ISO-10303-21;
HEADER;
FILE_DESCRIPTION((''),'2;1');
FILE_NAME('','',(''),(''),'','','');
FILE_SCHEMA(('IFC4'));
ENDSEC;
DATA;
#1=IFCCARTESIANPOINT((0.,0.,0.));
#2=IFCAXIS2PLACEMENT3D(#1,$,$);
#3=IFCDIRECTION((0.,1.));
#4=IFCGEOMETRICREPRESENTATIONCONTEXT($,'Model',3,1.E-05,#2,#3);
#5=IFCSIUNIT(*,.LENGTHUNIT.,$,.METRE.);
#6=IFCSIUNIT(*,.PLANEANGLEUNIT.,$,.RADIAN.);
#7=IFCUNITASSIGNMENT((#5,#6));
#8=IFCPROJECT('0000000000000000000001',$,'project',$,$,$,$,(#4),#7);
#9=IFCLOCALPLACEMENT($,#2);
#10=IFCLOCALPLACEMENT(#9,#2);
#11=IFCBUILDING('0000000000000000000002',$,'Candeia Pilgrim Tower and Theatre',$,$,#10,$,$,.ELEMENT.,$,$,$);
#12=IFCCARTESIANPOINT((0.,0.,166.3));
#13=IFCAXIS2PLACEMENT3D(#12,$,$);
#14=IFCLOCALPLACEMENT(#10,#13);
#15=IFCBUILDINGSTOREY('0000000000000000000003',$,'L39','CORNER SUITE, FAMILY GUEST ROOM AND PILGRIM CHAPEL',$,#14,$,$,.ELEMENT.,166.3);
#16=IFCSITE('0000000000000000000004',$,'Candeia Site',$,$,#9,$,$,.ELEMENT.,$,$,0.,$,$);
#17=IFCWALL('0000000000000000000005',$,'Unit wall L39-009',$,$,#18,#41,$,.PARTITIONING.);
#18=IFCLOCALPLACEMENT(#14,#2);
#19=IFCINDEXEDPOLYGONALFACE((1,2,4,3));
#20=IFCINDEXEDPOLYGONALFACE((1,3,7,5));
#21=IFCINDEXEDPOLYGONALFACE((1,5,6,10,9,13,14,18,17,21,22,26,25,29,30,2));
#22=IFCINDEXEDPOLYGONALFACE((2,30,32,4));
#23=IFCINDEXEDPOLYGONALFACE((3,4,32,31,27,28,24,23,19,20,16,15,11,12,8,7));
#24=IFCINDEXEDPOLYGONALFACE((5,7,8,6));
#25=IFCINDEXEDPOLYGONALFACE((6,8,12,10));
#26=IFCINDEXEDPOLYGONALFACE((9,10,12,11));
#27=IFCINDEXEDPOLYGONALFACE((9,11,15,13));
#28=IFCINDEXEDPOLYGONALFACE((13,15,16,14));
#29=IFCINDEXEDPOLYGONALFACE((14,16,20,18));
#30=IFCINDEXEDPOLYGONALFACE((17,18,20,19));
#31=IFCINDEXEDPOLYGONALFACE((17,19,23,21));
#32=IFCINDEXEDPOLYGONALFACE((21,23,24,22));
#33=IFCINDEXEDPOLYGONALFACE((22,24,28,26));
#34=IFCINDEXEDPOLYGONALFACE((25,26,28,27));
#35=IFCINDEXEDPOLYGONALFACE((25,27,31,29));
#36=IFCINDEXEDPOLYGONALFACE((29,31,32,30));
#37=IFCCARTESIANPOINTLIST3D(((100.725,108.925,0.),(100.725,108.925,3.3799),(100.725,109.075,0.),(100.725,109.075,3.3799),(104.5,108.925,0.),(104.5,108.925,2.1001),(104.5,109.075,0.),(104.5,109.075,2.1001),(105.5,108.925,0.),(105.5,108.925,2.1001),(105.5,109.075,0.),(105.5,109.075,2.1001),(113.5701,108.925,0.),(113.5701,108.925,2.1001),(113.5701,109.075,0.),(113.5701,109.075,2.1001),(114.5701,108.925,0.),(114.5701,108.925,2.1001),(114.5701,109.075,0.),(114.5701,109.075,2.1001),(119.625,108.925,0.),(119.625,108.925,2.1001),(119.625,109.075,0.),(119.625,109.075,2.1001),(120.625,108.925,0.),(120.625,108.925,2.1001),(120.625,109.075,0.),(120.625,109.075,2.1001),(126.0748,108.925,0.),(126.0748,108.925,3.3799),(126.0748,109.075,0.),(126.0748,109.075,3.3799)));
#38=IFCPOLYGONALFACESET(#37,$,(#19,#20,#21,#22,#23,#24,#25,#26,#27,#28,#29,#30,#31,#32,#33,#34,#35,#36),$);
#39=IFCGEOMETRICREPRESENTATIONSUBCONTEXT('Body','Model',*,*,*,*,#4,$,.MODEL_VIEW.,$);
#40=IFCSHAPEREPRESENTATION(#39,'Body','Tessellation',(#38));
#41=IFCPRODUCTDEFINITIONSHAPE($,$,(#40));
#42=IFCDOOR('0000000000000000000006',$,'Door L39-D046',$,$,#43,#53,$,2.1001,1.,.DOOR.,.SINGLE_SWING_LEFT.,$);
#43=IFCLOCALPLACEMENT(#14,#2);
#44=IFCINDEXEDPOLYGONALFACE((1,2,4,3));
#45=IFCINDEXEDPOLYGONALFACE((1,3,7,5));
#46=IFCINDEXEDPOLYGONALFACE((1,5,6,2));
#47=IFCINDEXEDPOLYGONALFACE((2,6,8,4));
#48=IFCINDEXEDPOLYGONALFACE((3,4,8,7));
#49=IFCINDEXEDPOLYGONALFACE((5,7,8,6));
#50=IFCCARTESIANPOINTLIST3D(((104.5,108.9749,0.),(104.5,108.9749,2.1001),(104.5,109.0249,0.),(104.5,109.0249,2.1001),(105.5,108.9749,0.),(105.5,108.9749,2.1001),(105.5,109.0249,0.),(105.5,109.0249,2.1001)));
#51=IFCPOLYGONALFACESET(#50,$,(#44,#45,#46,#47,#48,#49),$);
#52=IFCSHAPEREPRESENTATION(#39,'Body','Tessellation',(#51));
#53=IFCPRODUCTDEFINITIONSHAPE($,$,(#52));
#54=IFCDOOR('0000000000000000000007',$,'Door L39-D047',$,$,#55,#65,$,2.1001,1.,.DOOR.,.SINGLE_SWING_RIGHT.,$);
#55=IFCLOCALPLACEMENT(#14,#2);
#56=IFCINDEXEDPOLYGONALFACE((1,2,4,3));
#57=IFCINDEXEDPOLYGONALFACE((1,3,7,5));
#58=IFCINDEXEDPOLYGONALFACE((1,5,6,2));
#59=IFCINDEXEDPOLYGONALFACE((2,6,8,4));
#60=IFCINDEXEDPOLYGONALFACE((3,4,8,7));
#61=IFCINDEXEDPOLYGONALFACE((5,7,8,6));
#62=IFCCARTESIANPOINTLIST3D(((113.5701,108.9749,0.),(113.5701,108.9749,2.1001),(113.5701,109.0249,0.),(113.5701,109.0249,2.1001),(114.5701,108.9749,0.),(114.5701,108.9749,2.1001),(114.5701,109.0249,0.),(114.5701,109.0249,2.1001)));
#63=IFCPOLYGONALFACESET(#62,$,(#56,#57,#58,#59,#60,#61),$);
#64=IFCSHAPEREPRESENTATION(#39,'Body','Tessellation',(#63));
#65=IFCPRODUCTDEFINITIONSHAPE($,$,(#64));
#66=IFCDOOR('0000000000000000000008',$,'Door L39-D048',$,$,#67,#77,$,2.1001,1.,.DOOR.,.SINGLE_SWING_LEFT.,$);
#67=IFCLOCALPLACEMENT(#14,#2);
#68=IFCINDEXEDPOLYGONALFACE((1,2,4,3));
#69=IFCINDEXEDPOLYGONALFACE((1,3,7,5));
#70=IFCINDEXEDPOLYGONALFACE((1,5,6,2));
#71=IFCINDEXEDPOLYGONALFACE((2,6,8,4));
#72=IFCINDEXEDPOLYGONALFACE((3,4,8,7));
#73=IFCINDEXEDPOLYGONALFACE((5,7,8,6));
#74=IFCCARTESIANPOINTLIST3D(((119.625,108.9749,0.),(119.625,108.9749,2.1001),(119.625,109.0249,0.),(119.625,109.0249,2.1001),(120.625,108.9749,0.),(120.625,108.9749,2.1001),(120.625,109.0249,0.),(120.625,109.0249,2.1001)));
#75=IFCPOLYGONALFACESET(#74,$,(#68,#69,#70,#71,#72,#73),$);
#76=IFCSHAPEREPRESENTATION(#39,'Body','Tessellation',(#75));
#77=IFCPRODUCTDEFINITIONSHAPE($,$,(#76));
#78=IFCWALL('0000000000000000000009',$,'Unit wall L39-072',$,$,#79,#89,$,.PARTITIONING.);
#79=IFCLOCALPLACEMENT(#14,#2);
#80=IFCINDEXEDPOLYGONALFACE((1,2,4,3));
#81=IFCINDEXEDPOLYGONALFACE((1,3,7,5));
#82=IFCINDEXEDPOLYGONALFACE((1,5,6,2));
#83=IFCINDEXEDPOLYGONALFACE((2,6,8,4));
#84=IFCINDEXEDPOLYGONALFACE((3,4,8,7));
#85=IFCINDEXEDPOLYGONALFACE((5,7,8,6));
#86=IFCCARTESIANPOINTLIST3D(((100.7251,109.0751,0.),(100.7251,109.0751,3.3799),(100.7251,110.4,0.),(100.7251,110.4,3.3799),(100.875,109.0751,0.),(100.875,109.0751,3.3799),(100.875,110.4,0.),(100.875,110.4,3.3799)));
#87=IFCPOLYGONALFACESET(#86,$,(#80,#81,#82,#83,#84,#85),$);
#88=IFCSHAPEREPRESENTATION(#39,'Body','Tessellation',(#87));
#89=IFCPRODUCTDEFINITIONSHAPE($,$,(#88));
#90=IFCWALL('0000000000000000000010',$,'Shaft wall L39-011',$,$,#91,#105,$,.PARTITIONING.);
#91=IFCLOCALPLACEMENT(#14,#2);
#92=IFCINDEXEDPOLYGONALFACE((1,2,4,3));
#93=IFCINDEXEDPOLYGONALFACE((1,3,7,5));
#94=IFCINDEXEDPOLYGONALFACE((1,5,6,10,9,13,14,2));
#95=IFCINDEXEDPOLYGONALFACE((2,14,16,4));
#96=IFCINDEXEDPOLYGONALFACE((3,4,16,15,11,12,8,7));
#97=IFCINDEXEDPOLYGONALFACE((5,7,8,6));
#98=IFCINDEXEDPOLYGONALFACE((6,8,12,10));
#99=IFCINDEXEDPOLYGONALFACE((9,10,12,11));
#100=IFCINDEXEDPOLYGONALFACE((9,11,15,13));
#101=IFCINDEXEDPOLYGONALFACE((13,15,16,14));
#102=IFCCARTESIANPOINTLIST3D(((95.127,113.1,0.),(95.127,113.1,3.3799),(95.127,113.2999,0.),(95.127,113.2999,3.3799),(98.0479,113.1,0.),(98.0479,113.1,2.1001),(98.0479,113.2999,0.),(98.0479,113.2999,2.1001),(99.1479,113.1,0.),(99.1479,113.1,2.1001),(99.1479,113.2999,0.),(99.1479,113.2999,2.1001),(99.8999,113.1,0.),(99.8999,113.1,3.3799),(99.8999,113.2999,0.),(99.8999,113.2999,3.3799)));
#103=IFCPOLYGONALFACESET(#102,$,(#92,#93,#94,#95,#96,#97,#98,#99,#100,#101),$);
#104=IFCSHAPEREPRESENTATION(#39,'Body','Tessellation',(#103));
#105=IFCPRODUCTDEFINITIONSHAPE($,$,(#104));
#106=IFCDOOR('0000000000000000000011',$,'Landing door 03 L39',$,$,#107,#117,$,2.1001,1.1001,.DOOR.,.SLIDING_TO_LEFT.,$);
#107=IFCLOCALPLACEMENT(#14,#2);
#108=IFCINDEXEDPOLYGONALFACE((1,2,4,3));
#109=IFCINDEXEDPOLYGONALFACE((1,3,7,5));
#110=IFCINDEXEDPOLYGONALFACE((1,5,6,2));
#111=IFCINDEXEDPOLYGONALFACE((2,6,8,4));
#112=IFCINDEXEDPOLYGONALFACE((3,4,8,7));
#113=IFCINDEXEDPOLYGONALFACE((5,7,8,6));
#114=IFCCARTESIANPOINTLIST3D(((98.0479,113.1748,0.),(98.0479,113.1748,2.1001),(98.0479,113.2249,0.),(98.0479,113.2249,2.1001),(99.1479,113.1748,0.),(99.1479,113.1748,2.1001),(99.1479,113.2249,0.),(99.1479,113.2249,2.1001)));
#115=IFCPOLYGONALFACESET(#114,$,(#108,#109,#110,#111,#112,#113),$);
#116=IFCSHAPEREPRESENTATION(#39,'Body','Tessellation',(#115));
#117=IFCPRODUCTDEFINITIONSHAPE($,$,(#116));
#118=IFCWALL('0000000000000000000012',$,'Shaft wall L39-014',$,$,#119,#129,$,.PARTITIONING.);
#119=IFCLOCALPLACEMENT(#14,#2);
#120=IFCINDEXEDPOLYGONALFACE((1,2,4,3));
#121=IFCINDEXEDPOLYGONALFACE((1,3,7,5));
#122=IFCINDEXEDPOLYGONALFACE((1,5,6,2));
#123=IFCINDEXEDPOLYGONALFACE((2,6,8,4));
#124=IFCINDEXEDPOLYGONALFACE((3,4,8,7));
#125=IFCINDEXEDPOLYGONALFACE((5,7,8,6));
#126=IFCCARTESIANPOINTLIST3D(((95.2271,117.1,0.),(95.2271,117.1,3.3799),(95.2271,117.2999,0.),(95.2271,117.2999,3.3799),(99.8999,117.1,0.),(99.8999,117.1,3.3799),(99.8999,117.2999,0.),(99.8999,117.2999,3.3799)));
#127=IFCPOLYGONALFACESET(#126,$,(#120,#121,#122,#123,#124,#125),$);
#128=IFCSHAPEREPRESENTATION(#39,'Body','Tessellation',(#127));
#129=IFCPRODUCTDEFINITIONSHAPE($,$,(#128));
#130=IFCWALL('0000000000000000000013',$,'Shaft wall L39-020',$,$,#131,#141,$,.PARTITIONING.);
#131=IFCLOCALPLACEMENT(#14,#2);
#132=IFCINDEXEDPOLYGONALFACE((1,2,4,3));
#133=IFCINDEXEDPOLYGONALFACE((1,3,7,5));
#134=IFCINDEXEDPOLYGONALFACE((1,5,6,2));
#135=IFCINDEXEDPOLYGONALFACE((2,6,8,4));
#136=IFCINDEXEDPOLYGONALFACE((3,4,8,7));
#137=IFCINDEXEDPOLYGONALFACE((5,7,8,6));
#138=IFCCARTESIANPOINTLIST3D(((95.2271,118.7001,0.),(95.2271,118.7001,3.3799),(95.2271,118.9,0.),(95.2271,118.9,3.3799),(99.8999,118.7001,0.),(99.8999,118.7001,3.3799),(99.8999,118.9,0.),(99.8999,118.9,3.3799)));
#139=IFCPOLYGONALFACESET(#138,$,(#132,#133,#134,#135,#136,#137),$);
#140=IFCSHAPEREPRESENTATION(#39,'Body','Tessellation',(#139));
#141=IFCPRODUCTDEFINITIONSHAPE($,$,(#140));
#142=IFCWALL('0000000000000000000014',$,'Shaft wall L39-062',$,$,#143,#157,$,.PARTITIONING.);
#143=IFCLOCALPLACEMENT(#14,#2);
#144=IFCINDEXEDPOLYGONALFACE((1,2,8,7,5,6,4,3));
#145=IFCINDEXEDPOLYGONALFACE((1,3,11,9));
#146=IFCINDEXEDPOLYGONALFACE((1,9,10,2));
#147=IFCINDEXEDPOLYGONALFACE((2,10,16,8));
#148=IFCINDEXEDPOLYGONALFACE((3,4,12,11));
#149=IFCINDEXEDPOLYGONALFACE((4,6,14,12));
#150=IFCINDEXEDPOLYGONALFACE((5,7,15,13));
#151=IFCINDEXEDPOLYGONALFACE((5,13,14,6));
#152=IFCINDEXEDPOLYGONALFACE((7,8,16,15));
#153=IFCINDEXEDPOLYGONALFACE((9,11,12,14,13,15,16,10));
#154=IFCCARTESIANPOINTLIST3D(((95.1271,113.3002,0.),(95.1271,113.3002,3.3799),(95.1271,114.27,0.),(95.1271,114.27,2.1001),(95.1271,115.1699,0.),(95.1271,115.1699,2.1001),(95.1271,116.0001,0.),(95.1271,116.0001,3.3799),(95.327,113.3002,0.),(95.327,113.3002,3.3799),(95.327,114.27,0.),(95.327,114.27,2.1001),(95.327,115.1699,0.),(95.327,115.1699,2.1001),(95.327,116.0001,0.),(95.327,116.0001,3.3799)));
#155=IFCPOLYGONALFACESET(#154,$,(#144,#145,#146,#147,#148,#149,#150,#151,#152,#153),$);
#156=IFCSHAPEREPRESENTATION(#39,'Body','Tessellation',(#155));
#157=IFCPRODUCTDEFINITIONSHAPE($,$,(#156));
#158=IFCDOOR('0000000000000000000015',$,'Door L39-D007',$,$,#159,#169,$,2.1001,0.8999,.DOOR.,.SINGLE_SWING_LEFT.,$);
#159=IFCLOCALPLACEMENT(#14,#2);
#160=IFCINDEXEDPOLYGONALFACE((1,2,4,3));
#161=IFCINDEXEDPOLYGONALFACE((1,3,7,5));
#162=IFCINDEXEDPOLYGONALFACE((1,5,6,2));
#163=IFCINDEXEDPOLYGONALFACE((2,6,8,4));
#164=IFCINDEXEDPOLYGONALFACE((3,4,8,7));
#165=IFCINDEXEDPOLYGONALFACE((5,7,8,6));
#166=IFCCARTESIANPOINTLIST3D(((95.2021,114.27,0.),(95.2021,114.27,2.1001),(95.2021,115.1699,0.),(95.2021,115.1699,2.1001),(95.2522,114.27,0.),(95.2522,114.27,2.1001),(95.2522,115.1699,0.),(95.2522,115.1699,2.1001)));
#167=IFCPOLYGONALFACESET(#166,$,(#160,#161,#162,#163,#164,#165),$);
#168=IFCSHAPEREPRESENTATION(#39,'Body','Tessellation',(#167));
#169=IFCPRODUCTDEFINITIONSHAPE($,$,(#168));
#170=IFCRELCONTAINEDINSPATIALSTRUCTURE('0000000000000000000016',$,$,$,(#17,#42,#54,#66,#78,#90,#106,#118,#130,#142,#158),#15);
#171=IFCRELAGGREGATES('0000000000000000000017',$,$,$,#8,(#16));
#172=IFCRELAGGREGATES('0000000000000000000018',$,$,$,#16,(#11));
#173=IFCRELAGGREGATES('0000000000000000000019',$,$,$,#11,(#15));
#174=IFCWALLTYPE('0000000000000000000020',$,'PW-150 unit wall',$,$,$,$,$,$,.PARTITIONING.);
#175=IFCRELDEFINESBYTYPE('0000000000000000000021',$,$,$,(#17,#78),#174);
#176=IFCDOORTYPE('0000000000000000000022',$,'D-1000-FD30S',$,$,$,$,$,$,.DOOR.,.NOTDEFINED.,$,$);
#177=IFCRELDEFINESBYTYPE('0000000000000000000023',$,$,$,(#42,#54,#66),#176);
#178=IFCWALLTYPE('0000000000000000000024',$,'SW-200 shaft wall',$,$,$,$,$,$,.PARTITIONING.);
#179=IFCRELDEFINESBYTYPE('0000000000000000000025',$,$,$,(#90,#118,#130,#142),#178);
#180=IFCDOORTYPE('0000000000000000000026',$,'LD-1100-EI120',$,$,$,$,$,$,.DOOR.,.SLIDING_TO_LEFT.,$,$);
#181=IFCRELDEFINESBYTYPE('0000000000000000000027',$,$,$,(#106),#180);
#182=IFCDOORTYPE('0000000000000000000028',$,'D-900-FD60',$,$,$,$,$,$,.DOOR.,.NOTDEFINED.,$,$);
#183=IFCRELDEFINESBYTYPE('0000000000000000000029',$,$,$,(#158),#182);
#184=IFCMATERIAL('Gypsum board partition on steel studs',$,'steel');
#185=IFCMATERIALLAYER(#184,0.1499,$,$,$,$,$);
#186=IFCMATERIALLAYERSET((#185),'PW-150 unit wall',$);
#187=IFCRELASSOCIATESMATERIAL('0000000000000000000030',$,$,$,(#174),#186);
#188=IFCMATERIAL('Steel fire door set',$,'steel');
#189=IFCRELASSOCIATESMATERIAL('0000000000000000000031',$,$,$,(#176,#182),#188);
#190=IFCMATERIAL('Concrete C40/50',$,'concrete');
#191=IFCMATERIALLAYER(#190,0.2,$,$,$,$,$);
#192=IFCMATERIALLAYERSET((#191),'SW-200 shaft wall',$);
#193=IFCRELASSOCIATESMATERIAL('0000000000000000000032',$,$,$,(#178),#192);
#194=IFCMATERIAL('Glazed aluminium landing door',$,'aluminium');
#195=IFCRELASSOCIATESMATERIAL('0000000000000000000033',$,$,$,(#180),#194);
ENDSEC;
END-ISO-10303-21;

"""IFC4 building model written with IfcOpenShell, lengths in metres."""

from ifc_helpers import new_model, si_unit, direction, frame, frame_2d, origin, place, context, subcontext, project, spatial, rectangle, extrude, material, layer, layer_set, type_object, element, fill, save


model = new_model("IFC4")

# Units and contexts
model_context = context("Model", 3, precision=1e-05, world=origin(), true_north=direction((0.0, 1.0)))
body_context = subcontext(model_context, "Body", "Model", "MODEL_VIEW")
ifc_project = project(units=[si_unit("LENGTHUNIT", "METRE"), si_unit("PLANEANGLEUNIT", "RADIAN")], contexts=[model_context])

# Site, building, storey
site_placement = place(None, origin())
site = spatial("IfcSite", under=ifc_project, at=site_placement, Name="Candeia Site", CompositionType="ELEMENT", RefElevation=0.0)
building_placement = place(site_placement, origin())
building = spatial("IfcBuilding", under=site, at=building_placement, Name="Candeia Pilgrim Tower and Theatre", CompositionType="ELEMENT")
storey_placement = place(building_placement, frame((0.0, 0.0, 166.3)))
storey = spatial("IfcBuildingStorey", under=building, at=storey_placement, Name="L39", Description="CORNER SUITE, FAMILY GUEST ROOM AND PILGRIM CHAPEL", CompositionType="ELEMENT", Elevation=166.3)

# Shared definitions
ifc_material_1 = material(Name="Steel fire door set", Category="steel")

# Shared definitions
ifc_material_2 = material(Name="Gypsum board partition on steel studs", Category="steel")

# Wall, openings, doors
ifc_layer_1 = layer(ifc_material_2, 0.1499)
ifc_layer_set_1 = layer_set([ifc_layer_1], Name="PW-150 unit wall")
wall_type_1 = type_object("IfcWallType", Name="PW-150 unit wall", PredefinedType="PARTITIONING", material=ifc_layer_set_1)
wall_1_placement = place(storey_placement, frame((100.7251, 109.0, 0.0), z_axis=(0.0, 0.0, 1.0), x_axis=(1.0, 0.0, 0.0)))
wall_1 = element("IfcWall", 1, at=wall_1_placement, inside=storey, type_object=wall_type_1, Name="Unit wall L39-009", PredefinedType="PARTITIONING", context=body_context, shape_type="SweptSolid", body=[
    extrude(rectangle(XDim=25.3499, YDim=0.1499, at=frame_2d((12.6748, 0.0))), origin(), (0.0, 0.0, 1.0), 3.3799),
])
opening_1_placement = place(wall_1_placement, frame((3.7749, 0.0, 0.0)))
opening_1 = element("IfcOpeningElement", 2, at=opening_1_placement, cuts=wall_1, PredefinedType="OPENING", context=body_context, shape_type="SweptSolid", body=[
    extrude(rectangle(XDim=1.0, YDim=2.1001, at=frame_2d((0.5, 1.05))), frame((0.0, 0.085, 0.0), z_axis=(0.0, -1.0, 0.0), x_axis=(1.0, 0.0, 0.0)), (0.0, 0.0, 1.0), 0.1699),
])
opening_2_placement = place(wall_1_placement, frame((12.845, 0.0, 0.0)))
opening_2 = element("IfcOpeningElement", 3, at=opening_2_placement, cuts=wall_1, PredefinedType="OPENING", context=body_context, shape_type="SweptSolid", body=[
    extrude(rectangle(XDim=1.0, YDim=2.1001, at=frame_2d((0.5, 1.05))), frame((0.0, 0.085, 0.0), z_axis=(0.0, -1.0, 0.0), x_axis=(1.0, 0.0, 0.0)), (0.0, 0.0, 1.0), 0.1699),
])
opening_3_placement = place(wall_1_placement, frame((18.8999, 0.0, 0.0)))
opening_3 = element("IfcOpeningElement", 4, at=opening_3_placement, cuts=wall_1, PredefinedType="OPENING", context=body_context, shape_type="SweptSolid", body=[
    extrude(rectangle(XDim=1.0, YDim=2.1001, at=frame_2d((0.5, 1.05))), frame((0.0, 0.085, 0.0), z_axis=(0.0, -1.0, 0.0), x_axis=(1.0, 0.0, 0.0)), (0.0, 0.0, 1.0), 0.1699),
])
door_type_1 = type_object("IfcDoorType", Name="D-1000-FD30S", OperationType="NOTDEFINED", PredefinedType="DOOR", material=ifc_material_1)
door_1_placement = place(opening_1_placement, origin())
door_1 = element("IfcDoor", 5, at=door_1_placement, inside=storey, type_object=door_type_1, Name="Door L39-D046", OperationType="SINGLE_SWING_LEFT", OverallHeight=2.1001, OverallWidth=1.0, PredefinedType="DOOR", context=body_context, shape_type="SweptSolid", body=[
    extrude(rectangle(XDim=1.0, YDim=2.1001, at=frame_2d((0.5, 1.05))), frame((0.0, 0.0249, 0.0), z_axis=(0.0, -1.0, 0.0), x_axis=(1.0, 0.0, 0.0)), (0.0, 0.0, 1.0), 0.05),
])
fill(opening_1, door_1)
door_2_placement = place(opening_2_placement, origin())
door_2 = element("IfcDoor", 6, at=door_2_placement, inside=storey, type_object=door_type_1, Name="Door L39-D047", OperationType="SINGLE_SWING_RIGHT", OverallHeight=2.1001, OverallWidth=1.0, PredefinedType="DOOR", context=body_context, shape_type="SweptSolid", body=[
    extrude(rectangle(XDim=1.0, YDim=2.1001, at=frame_2d((0.5, 1.05))), frame((0.0, 0.0249, 0.0), z_axis=(0.0, -1.0, 0.0), x_axis=(1.0, 0.0, 0.0)), (0.0, 0.0, 1.0), 0.05),
])
fill(opening_2, door_2)
door_3_placement = place(opening_3_placement, origin())
door_3 = element("IfcDoor", 7, at=door_3_placement, inside=storey, type_object=door_type_1, Name="Door L39-D048", OperationType="SINGLE_SWING_LEFT", OverallHeight=2.1001, OverallWidth=1.0, PredefinedType="DOOR", context=body_context, shape_type="SweptSolid", body=[
    extrude(rectangle(XDim=1.0, YDim=2.1001, at=frame_2d((0.5, 1.05))), frame((0.0, 0.0249, 0.0), z_axis=(0.0, -1.0, 0.0), x_axis=(1.0, 0.0, 0.0)), (0.0, 0.0, 1.0), 0.05),
])
fill(opening_3, door_3)

# Wall
wall_2_placement = place(storey_placement, frame((100.8, 109.075, 0.0), z_axis=(0.0, 0.0, 1.0), x_axis=(0.0, 1.0, 0.0)))
element("IfcWall", 8, at=wall_2_placement, inside=storey, type_object=wall_type_1, Name="Unit wall L39-072", PredefinedType="PARTITIONING", context=body_context, shape_type="SweptSolid", body=[
    extrude(rectangle(XDim=1.325, YDim=0.1499, at=frame_2d((0.6626, 0.0))), origin(), (0.0, 0.0, 1.0), 3.3799),
])

# Wall, opening, door
ifc_material_3 = material(Name="Concrete C40/50", Category="concrete")
ifc_layer_2 = layer(ifc_material_3, 0.2)
ifc_layer_set_2 = layer_set([ifc_layer_2], Name="SW-200 shaft wall")
wall_type_2 = type_object("IfcWallType", Name="SW-200 shaft wall", PredefinedType="PARTITIONING", material=ifc_layer_set_2)
wall_3_placement = place(storey_placement, frame((95.127, 113.2, 0.0), z_axis=(0.0, 0.0, 1.0), x_axis=(1.0, 0.0, 0.0)))
wall_3 = element("IfcWall", 9, at=wall_3_placement, inside=storey, type_object=wall_type_2, Name="Shaft wall L39-011", PredefinedType="PARTITIONING", context=body_context, shape_type="SweptSolid", body=[
    extrude(rectangle(XDim=4.7729, YDim=0.2, at=frame_2d((2.3865, 0.0))), origin(), (0.0, 0.0, 1.0), 3.3799),
])
opening_4_placement = place(wall_3_placement, frame((2.9209, 0.0, 0.0)))
opening_4 = element("IfcOpeningElement", 10, at=opening_4_placement, cuts=wall_3, PredefinedType="OPENING", context=body_context, shape_type="SweptSolid", body=[
    extrude(rectangle(XDim=1.1001, YDim=2.1001, at=frame_2d((0.55, 1.05))), frame((0.0, 0.1099, 0.0), z_axis=(0.0, -1.0, 0.0), x_axis=(1.0, 0.0, 0.0)), (0.0, 0.0, 1.0), 0.22),
])
ifc_material_4 = material(Name="Glazed aluminium landing door", Category="aluminium")
door_type_2 = type_object("IfcDoorType", Name="LD-1100-EI120", OperationType="SLIDING_TO_LEFT", PredefinedType="DOOR", material=ifc_material_4)
door_4_placement = place(opening_4_placement, origin())
door_4 = element("IfcDoor", 11, at=door_4_placement, inside=storey, type_object=door_type_2, Name="Landing door 03 L39", OperationType="SLIDING_TO_LEFT", OverallHeight=2.1001, OverallWidth=1.1001, PredefinedType="DOOR", context=body_context, shape_type="SweptSolid", body=[
    extrude(rectangle(XDim=1.1001, YDim=2.1001, at=frame_2d((0.55, 1.05))), frame((0.0, 0.0249, 0.0), z_axis=(0.0, -1.0, 0.0), x_axis=(1.0, 0.0, 0.0)), (0.0, 0.0, 1.0), 0.05),
])
fill(opening_4, door_4)

# Walls
for number, where, z_axis, x_axis, name in (
    (12, (95.2271, 117.2, 0.0), (0.0, 0.0, 1.0), (1.0, 0.0, 0.0), "Shaft wall L39-014"),
    (13, (95.2271, 118.8, 0.0), (0.0, 0.0, 1.0), (1.0, 0.0, 0.0), "Shaft wall L39-020"),
):
    element("IfcWall", number, at=place(storey_placement, frame(where, z_axis=z_axis, x_axis=x_axis)), inside=storey, type_object=wall_type_2, Name=name, PredefinedType="PARTITIONING", context=body_context, shape_type="SweptSolid", body=[
        extrude(rectangle(XDim=4.6729, YDim=0.2, at=frame_2d((2.3364, 0.0))), origin(), (0.0, 0.0, 1.0), 3.3799),
    ])

# Wall, opening, door
wall_4_placement = place(storey_placement, frame((95.2271, 113.3, 0.0), z_axis=(0.0, 0.0, 1.0), x_axis=(0.0, 1.0, 0.0)))
wall_4 = element("IfcWall", 14, at=wall_4_placement, inside=storey, type_object=wall_type_2, Name="Shaft wall L39-062", PredefinedType="PARTITIONING", context=body_context, shape_type="SweptSolid", body=[
    extrude(rectangle(XDim=2.7, YDim=0.2, at=frame_2d((1.3501, 0.0))), origin(), (0.0, 0.0, 1.0), 3.3799),
])
opening_5_placement = place(wall_4_placement, frame((0.97, 0.0, 0.0)))
opening_5 = element("IfcOpeningElement", 15, at=opening_5_placement, cuts=wall_4, PredefinedType="OPENING", context=body_context, shape_type="SweptSolid", body=[
    extrude(rectangle(XDim=0.8999, YDim=2.1001, at=frame_2d((0.45, 1.05))), frame((0.0, 0.1099, 0.0), z_axis=(0.0, -1.0, 0.0), x_axis=(1.0, 0.0, 0.0)), (0.0, 0.0, 1.0), 0.22),
])
door_type_3 = type_object("IfcDoorType", Name="D-900-FD60", OperationType="NOTDEFINED", PredefinedType="DOOR", material=ifc_material_1)
door_5_placement = place(opening_5_placement, origin())
door_5 = element("IfcDoor", 16, at=door_5_placement, inside=storey, type_object=door_type_3, Name="Door L39-D007", OperationType="SINGLE_SWING_LEFT", OverallHeight=2.1001, OverallWidth=0.8999, PredefinedType="DOOR", context=body_context, shape_type="SweptSolid", body=[
    extrude(rectangle(XDim=0.8999, YDim=2.1001, at=frame_2d((0.45, 1.05))), frame((0.0, 0.0249, 0.0), z_axis=(0.0, -1.0, 0.0), x_axis=(1.0, 0.0, 0.0)), (0.0, 0.0, 1.0), 0.05),
])
fill(opening_5, door_5)

save(model, "model.ifc")
